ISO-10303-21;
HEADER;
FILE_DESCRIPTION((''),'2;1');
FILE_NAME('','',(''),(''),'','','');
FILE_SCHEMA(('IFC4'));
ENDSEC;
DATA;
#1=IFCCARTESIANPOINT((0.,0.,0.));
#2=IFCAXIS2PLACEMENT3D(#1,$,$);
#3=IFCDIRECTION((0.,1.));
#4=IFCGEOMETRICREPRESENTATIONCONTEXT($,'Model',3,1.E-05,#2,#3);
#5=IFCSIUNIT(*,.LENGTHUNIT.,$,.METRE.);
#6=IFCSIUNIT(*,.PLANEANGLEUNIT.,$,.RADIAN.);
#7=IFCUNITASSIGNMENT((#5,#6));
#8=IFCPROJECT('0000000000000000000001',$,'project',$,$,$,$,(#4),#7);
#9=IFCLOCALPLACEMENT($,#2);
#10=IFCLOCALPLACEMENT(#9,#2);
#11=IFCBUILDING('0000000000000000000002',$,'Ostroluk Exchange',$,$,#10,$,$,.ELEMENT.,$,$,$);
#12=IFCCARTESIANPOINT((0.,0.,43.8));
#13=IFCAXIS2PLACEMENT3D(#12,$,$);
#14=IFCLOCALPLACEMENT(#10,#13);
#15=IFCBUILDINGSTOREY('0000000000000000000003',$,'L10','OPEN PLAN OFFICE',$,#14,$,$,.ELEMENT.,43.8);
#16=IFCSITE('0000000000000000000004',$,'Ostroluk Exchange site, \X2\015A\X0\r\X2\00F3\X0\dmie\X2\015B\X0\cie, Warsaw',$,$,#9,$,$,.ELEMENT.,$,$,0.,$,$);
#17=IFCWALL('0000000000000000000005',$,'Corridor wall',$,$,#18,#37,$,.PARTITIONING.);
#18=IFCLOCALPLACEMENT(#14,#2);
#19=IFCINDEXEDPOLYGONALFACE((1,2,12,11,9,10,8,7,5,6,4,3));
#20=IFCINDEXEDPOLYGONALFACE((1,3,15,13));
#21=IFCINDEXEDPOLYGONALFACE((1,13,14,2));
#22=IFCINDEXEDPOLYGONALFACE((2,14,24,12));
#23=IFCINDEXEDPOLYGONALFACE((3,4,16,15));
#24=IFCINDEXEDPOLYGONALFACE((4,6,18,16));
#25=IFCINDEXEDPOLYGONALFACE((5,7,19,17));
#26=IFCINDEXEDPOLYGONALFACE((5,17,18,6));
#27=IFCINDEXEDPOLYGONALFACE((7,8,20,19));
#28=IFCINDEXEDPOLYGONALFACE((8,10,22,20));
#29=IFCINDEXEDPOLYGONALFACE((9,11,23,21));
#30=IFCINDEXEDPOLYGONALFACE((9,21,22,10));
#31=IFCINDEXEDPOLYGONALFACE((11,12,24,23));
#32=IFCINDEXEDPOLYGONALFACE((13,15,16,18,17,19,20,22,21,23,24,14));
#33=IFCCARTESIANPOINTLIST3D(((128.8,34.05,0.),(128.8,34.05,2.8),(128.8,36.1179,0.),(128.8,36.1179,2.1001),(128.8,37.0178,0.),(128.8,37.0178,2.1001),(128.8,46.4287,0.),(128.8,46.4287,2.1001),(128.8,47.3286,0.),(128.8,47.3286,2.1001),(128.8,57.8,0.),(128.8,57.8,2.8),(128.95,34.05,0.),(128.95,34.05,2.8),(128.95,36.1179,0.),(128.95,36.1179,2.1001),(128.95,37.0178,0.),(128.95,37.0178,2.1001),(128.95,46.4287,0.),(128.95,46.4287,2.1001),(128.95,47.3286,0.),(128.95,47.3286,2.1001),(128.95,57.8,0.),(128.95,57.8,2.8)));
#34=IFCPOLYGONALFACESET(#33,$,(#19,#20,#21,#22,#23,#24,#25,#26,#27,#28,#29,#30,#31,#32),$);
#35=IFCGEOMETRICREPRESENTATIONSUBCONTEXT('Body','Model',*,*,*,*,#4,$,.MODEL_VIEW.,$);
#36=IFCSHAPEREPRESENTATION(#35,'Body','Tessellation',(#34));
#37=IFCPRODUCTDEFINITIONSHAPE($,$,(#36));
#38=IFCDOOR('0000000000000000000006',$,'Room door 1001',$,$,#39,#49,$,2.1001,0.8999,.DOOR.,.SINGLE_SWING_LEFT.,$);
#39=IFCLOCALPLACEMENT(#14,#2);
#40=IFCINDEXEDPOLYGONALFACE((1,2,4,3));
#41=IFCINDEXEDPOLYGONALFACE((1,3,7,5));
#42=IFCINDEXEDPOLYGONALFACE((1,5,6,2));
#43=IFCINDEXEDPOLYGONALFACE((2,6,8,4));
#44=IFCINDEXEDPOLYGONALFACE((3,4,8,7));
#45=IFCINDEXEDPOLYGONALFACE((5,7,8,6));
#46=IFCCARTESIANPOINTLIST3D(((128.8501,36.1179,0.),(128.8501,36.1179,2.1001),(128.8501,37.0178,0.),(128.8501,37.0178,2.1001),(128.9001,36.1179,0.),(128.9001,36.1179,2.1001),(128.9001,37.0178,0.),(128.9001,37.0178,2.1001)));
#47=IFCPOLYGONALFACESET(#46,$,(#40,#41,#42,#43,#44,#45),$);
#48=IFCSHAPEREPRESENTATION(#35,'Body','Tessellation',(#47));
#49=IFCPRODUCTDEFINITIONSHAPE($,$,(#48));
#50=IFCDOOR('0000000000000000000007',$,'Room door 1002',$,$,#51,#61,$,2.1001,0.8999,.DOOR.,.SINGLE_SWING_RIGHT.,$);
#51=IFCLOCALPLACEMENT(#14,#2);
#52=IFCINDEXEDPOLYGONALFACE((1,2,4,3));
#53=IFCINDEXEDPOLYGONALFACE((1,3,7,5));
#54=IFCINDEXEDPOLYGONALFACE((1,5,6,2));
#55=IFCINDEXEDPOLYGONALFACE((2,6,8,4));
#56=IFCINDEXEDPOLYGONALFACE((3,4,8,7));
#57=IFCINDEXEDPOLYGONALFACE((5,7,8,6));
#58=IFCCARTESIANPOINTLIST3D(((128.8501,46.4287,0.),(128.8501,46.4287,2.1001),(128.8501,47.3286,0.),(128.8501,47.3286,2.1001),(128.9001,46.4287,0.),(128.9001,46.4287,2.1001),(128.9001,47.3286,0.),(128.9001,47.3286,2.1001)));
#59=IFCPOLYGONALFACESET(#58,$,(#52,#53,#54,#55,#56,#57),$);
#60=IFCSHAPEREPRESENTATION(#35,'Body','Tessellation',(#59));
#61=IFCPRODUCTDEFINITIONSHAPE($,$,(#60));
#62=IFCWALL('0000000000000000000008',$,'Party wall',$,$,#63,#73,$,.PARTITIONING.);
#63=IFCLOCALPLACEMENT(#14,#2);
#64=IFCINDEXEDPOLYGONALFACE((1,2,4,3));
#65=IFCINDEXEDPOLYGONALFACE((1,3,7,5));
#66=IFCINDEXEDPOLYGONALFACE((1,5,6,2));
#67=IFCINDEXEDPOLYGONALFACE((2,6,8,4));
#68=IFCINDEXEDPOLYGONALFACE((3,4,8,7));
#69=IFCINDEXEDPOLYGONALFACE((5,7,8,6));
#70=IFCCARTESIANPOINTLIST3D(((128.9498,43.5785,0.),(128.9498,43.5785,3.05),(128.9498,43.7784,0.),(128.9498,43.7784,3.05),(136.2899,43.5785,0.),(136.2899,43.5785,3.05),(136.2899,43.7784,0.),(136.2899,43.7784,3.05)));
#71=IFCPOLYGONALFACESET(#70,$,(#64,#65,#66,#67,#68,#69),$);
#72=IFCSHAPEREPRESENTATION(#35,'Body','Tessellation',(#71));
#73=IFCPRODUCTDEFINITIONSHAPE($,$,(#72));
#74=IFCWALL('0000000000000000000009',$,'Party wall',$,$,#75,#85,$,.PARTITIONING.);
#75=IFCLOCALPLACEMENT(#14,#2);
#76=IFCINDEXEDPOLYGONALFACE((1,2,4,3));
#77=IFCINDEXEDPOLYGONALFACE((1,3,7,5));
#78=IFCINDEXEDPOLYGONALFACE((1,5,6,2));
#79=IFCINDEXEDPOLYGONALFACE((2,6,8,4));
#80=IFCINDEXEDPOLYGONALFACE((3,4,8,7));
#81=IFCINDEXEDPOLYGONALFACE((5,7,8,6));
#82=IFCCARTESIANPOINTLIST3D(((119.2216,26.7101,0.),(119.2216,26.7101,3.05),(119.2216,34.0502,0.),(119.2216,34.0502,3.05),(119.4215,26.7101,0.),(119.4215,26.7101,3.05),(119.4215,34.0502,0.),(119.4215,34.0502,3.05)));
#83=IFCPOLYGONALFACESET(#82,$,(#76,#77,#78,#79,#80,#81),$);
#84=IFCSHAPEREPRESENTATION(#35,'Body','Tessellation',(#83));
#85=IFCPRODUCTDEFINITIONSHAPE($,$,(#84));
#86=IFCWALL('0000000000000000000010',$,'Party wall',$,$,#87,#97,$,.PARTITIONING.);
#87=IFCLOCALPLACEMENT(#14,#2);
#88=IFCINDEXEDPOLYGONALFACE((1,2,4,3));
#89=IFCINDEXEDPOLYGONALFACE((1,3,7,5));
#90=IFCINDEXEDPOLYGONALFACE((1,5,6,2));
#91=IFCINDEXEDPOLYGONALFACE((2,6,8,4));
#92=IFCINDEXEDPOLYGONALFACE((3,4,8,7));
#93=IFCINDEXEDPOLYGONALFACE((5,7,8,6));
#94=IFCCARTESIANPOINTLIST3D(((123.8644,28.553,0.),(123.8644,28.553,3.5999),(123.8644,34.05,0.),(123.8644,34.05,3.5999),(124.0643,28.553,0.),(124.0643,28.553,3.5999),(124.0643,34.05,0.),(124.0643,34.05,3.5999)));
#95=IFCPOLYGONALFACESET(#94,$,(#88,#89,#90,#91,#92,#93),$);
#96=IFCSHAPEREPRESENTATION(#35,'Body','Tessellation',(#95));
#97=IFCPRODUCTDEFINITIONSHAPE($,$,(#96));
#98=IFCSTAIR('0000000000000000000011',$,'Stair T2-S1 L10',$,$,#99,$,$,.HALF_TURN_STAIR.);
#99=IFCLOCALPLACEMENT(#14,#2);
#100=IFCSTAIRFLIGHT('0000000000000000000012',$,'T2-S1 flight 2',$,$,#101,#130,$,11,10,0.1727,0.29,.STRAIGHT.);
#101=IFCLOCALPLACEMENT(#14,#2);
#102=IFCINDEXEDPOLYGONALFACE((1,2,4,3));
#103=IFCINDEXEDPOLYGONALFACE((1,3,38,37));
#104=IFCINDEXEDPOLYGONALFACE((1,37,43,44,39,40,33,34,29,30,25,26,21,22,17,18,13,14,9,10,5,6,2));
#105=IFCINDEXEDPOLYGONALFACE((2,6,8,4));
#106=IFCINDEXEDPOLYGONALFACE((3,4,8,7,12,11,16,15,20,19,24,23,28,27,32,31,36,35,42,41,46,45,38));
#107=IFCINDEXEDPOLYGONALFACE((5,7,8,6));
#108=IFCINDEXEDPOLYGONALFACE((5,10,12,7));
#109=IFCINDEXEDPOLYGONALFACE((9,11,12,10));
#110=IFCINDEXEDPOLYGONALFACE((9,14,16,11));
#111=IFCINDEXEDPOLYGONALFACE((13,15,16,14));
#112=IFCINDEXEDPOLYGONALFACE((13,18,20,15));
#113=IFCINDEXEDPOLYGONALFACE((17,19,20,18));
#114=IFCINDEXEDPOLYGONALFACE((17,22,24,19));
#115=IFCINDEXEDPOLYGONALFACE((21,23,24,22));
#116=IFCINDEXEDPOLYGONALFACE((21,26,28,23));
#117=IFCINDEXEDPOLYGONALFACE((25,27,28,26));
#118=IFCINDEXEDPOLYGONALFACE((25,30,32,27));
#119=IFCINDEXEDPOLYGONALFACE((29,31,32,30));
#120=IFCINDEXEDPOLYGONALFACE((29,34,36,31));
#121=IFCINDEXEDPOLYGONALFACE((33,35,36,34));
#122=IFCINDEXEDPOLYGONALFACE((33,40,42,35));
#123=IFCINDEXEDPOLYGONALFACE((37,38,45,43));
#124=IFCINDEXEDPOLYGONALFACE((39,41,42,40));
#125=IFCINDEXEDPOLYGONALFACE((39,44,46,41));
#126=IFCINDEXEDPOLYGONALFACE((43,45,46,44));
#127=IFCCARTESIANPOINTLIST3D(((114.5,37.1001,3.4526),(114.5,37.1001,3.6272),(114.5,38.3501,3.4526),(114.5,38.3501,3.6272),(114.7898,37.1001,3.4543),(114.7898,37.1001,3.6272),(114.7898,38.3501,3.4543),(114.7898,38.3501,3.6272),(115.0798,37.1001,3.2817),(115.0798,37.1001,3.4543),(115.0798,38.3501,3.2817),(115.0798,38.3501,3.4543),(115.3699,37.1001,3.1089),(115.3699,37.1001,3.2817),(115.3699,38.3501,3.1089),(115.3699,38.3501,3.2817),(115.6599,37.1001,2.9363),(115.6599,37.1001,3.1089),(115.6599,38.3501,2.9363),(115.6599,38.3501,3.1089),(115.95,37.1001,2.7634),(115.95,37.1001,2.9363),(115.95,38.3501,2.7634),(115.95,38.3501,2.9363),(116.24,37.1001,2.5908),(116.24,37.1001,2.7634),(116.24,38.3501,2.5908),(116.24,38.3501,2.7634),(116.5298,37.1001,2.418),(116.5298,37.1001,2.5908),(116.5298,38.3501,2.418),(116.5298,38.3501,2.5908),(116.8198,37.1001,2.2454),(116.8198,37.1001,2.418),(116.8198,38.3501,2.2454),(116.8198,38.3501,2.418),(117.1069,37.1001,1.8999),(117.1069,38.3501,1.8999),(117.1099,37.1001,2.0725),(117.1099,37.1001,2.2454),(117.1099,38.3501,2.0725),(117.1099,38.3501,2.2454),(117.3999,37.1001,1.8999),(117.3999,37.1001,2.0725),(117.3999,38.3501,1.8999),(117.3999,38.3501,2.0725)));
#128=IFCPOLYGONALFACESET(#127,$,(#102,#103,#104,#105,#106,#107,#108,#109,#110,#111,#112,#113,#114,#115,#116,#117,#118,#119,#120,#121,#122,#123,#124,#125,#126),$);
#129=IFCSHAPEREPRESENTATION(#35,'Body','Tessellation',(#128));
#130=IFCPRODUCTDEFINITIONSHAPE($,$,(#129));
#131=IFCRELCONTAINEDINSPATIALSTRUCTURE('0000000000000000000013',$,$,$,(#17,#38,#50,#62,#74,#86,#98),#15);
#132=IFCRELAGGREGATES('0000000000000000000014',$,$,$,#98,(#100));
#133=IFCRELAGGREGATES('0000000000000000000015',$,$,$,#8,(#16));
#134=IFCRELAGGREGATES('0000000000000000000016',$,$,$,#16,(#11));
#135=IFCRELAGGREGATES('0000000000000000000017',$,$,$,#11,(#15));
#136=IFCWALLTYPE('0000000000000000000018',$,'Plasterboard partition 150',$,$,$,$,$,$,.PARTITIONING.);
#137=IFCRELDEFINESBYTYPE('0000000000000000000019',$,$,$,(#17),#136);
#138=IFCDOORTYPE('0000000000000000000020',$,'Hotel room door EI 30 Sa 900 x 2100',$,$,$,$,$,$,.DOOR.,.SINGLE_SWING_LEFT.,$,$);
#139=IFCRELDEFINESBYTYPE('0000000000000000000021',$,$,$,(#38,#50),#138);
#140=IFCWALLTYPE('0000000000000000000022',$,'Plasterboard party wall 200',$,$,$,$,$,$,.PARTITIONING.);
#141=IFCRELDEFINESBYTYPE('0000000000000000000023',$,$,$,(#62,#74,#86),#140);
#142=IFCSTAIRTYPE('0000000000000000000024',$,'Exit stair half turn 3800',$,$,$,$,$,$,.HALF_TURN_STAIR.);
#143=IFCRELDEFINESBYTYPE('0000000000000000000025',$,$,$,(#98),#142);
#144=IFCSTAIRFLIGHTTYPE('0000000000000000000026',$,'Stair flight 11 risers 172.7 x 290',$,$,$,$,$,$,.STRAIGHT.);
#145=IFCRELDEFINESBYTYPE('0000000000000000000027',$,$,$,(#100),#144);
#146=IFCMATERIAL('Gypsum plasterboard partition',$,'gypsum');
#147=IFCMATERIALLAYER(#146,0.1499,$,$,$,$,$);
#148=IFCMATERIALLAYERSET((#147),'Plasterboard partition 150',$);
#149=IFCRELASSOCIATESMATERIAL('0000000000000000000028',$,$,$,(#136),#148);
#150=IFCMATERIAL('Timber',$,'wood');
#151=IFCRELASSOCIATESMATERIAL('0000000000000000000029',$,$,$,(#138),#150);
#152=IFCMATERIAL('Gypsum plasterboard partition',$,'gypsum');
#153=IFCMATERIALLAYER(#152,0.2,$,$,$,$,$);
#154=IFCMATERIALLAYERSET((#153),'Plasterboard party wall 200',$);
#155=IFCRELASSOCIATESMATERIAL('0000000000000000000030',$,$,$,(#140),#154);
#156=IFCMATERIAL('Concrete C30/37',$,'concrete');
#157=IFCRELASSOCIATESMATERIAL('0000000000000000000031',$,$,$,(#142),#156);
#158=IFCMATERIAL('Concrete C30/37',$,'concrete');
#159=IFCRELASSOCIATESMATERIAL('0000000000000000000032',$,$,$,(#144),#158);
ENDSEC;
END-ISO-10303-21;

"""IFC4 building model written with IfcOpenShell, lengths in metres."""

from ifc_helpers import new_model, si_unit, direction, frame, frame_2d, origin, place, context, subcontext, project, spatial, polyline, rectangle, outline, extrude, material, layer, layer_set, type_object, element, fill, aggregate, save


model = new_model("IFC4")

# Units and contexts
model_context = context("Model", 3, precision=1e-05, world=origin(), true_north=direction((0.0, 1.0)))
body_context = subcontext(model_context, "Body", "Model", "MODEL_VIEW")
ifc_project = project(units=[si_unit("LENGTHUNIT", "METRE"), si_unit("PLANEANGLEUNIT", "RADIAN")], contexts=[model_context])

# Site, building, storey
site_placement = place(None, origin())
site = spatial("IfcSite", under=ifc_project, at=site_placement, Name="Ostroluk Exchange site, Śródmieście, Warsaw", CompositionType="ELEMENT", RefElevation=0.0)
building_placement = place(site_placement, origin())
building = spatial("IfcBuilding", under=site, at=building_placement, Name="Ostroluk Exchange", CompositionType="ELEMENT")
storey_placement = place(building_placement, frame((0.0, 0.0, 43.8)))
storey = spatial("IfcBuildingStorey", under=building, at=storey_placement, Name="L10", Description="OPEN PLAN OFFICE", CompositionType="ELEMENT", Elevation=43.8)

# Wall, openings, doors
ifc_material_1 = material(Name="Gypsum plasterboard partition", Category="gypsum")
ifc_layer_1 = layer(ifc_material_1, 0.1499)
ifc_layer_set_1 = layer_set([ifc_layer_1], Name="Plasterboard partition 150")
wall_type_1 = type_object("IfcWallType", Name="Plasterboard partition 150", PredefinedType="PARTITIONING", material=ifc_layer_set_1)
wall_1_placement = place(storey_placement, frame((128.875, 34.05, 0.0), z_axis=(0.0, 0.0, 1.0), x_axis=(0.0, 1.0, 0.0)))
wall_1 = element("IfcWall", 1, at=wall_1_placement, inside=storey, type_object=wall_type_1, Name="Corridor wall", PredefinedType="PARTITIONING", context=body_context, shape_type="SweptSolid", body=[
    extrude(rectangle(XDim=23.75, YDim=0.1499, at=frame_2d((11.875, 0.0))), origin(), (0.0, 0.0, 1.0), 2.8),
])
opening_1_placement = place(wall_1_placement, frame((2.0679, 0.0, 0.0)))
opening_1 = element("IfcOpeningElement", 2, at=opening_1_placement, cuts=wall_1, PredefinedType="OPENING", context=body_context, shape_type="SweptSolid", body=[
    extrude(rectangle(XDim=0.8999, YDim=2.1001, at=frame_2d((0.45, 1.05))), frame((0.0, 0.085, 0.0), z_axis=(0.0, -1.0, 0.0), x_axis=(1.0, 0.0, 0.0)), (0.0, 0.0, 1.0), 0.1699),
])
opening_2_placement = place(wall_1_placement, frame((12.3787, 0.0, 0.0)))
opening_2 = element("IfcOpeningElement", 3, at=opening_2_placement, cuts=wall_1, PredefinedType="OPENING", context=body_context, shape_type="SweptSolid", body=[
    extrude(rectangle(XDim=0.8999, YDim=2.1001, at=frame_2d((0.45, 1.05))), frame((0.0, 0.085, 0.0), z_axis=(0.0, -1.0, 0.0), x_axis=(1.0, 0.0, 0.0)), (0.0, 0.0, 1.0), 0.1699),
])
ifc_material_2 = material(Name="Timber", Category="wood")
door_type_1 = type_object("IfcDoorType", Name="Hotel room door EI 30 Sa 900 x 2100", OperationType="SINGLE_SWING_LEFT", PredefinedType="DOOR", material=ifc_material_2)
door_1_placement = place(opening_1_placement, origin())
door_1 = element("IfcDoor", 4, at=door_1_placement, inside=storey, type_object=door_type_1, Name="Room door 1001", OperationType="SINGLE_SWING_LEFT", OverallHeight=2.1001, OverallWidth=0.8999, PredefinedType="DOOR", context=body_context, shape_type="SweptSolid", body=[
    extrude(rectangle(XDim=0.8999, YDim=2.1001, at=frame_2d((0.45, 1.05))), frame((0.0, 0.0249, 0.0), z_axis=(0.0, -1.0, 0.0), x_axis=(1.0, 0.0, 0.0)), (0.0, 0.0, 1.0), 0.05),
])
fill(opening_1, door_1)
door_2_placement = place(opening_2_placement, origin())
door_2 = element("IfcDoor", 5, at=door_2_placement, inside=storey, type_object=door_type_1, Name="Room door 1002", OperationType="SINGLE_SWING_RIGHT", OverallHeight=2.1001, OverallWidth=0.8999, PredefinedType="DOOR", context=body_context, shape_type="SweptSolid", body=[
    extrude(rectangle(XDim=0.8999, YDim=2.1001, at=frame_2d((0.45, 1.05))), frame((0.0, 0.0249, 0.0), z_axis=(0.0, -1.0, 0.0), x_axis=(1.0, 0.0, 0.0)), (0.0, 0.0, 1.0), 0.05),
])
fill(opening_2, door_2)

# Walls
ifc_material_3 = material(Name="Gypsum plasterboard partition", Category="gypsum")
ifc_layer_2 = layer(ifc_material_3, 0.2)
ifc_layer_set_2 = layer_set([ifc_layer_2], Name="Plasterboard party wall 200")
wall_type_2 = type_object("IfcWallType", Name="Plasterboard party wall 200", PredefinedType="PARTITIONING", material=ifc_layer_set_2)
for number, where, z_axis, x_axis, name in (
    (6, (128.95, 43.6785, 0.0), (0.0, 0.0, 1.0), (1.0, 0.0, 0.0), "Party wall"),
    (7, (119.3215, 34.05, 0.0), (0.0, 0.0, 1.0), (0.0, -1.0, 0.0), "Party wall"),
):
    element("IfcWall", number, at=place(storey_placement, frame(where, z_axis=z_axis, x_axis=x_axis)), inside=storey, type_object=wall_type_2, Name=name, PredefinedType="PARTITIONING", context=body_context, shape_type="SweptSolid", body=[
        extrude(rectangle(XDim=7.3401, YDim=0.2, at=frame_2d((3.6699, 0.0))), origin(), (0.0, 0.0, 1.0), 3.05),
    ])
wall_2_placement = place(storey_placement, frame((123.9644, 34.05, 0.0), z_axis=(0.0, 0.0, 1.0), x_axis=(0.0, -1.0, 0.0)))
element("IfcWall", 8, at=wall_2_placement, inside=storey, type_object=wall_type_2, Name="Party wall", PredefinedType="PARTITIONING", context=body_context, shape_type="SweptSolid", body=[
    extrude(rectangle(XDim=5.4971, YDim=0.2, at=frame_2d((2.7485, 0.0))), origin(), (0.0, 0.0, 1.0), 3.5999),
])

# Stair, stair flight
ifc_material_4 = material(Name="Concrete C30/37", Category="concrete")
stair_type = type_object("IfcStairType", Name="Exit stair half turn 3800", PredefinedType="HALF_TURN_STAIR", material=ifc_material_4)
stair_placement = place(storey_placement, origin())
stair = element("IfcStair", 9, at=stair_placement, inside=storey, type_object=stair_type, Name="Stair T2-S1 L10", PredefinedType="HALF_TURN_STAIR")
ifc_material_5 = material(Name="Concrete C30/37", Category="concrete")
stair_flight_type = type_object("IfcStairFlightType", Name="Stair flight 11 risers 172.7 x 290", PredefinedType="STRAIGHT", material=ifc_material_5)
stair_flight_placement = place(storey_placement, frame((117.3999, 37.7251, 1.8999), z_axis=(0.0, 0.0, 1.0), x_axis=(-1.0, 0.0, 0.0)))
stair_flight = element("IfcStairFlight", 10, at=stair_flight_placement, type_object=stair_flight_type, Name="T2-S1 flight 2", NumberOfRisers=11, NumberOfTreads=10, PredefinedType="STRAIGHT", RiserHeight=0.1727, TreadLength=0.29, context=body_context, shape_type="SweptSolid", body=[
    extrude(outline(polyline([(0.0, 0.0), (0.0, 0.1726), (0.29, 0.1726), (0.29, 0.3455), (0.5801, 0.3455), (0.5801, 0.5181), (0.8701, 0.5181), (0.8701, 0.6909), (1.1599, 0.6909), (1.1599, 0.8635), (1.45, 0.8635), (1.45, 1.0364), (1.74, 1.0364), (1.74, 1.209), (2.03, 1.209), (2.03, 1.3818), (2.3201, 1.3818), (2.3201, 1.5544), (2.6101, 1.5544), (2.6101, 1.7273), (2.8999, 1.7273), (2.8999, 1.8999), (2.8999, 1.5527), (0.293, 0.0), (0.0, 0.0)])), frame((0.0, 0.625, 0.0), z_axis=(0.0, -1.0, 0.0), x_axis=(1.0, 0.0, 0.0)), (0.0, 0.0, 1.0), 1.25),
])
aggregate(stair, [stair_flight])

save(model, "model.ifc")
